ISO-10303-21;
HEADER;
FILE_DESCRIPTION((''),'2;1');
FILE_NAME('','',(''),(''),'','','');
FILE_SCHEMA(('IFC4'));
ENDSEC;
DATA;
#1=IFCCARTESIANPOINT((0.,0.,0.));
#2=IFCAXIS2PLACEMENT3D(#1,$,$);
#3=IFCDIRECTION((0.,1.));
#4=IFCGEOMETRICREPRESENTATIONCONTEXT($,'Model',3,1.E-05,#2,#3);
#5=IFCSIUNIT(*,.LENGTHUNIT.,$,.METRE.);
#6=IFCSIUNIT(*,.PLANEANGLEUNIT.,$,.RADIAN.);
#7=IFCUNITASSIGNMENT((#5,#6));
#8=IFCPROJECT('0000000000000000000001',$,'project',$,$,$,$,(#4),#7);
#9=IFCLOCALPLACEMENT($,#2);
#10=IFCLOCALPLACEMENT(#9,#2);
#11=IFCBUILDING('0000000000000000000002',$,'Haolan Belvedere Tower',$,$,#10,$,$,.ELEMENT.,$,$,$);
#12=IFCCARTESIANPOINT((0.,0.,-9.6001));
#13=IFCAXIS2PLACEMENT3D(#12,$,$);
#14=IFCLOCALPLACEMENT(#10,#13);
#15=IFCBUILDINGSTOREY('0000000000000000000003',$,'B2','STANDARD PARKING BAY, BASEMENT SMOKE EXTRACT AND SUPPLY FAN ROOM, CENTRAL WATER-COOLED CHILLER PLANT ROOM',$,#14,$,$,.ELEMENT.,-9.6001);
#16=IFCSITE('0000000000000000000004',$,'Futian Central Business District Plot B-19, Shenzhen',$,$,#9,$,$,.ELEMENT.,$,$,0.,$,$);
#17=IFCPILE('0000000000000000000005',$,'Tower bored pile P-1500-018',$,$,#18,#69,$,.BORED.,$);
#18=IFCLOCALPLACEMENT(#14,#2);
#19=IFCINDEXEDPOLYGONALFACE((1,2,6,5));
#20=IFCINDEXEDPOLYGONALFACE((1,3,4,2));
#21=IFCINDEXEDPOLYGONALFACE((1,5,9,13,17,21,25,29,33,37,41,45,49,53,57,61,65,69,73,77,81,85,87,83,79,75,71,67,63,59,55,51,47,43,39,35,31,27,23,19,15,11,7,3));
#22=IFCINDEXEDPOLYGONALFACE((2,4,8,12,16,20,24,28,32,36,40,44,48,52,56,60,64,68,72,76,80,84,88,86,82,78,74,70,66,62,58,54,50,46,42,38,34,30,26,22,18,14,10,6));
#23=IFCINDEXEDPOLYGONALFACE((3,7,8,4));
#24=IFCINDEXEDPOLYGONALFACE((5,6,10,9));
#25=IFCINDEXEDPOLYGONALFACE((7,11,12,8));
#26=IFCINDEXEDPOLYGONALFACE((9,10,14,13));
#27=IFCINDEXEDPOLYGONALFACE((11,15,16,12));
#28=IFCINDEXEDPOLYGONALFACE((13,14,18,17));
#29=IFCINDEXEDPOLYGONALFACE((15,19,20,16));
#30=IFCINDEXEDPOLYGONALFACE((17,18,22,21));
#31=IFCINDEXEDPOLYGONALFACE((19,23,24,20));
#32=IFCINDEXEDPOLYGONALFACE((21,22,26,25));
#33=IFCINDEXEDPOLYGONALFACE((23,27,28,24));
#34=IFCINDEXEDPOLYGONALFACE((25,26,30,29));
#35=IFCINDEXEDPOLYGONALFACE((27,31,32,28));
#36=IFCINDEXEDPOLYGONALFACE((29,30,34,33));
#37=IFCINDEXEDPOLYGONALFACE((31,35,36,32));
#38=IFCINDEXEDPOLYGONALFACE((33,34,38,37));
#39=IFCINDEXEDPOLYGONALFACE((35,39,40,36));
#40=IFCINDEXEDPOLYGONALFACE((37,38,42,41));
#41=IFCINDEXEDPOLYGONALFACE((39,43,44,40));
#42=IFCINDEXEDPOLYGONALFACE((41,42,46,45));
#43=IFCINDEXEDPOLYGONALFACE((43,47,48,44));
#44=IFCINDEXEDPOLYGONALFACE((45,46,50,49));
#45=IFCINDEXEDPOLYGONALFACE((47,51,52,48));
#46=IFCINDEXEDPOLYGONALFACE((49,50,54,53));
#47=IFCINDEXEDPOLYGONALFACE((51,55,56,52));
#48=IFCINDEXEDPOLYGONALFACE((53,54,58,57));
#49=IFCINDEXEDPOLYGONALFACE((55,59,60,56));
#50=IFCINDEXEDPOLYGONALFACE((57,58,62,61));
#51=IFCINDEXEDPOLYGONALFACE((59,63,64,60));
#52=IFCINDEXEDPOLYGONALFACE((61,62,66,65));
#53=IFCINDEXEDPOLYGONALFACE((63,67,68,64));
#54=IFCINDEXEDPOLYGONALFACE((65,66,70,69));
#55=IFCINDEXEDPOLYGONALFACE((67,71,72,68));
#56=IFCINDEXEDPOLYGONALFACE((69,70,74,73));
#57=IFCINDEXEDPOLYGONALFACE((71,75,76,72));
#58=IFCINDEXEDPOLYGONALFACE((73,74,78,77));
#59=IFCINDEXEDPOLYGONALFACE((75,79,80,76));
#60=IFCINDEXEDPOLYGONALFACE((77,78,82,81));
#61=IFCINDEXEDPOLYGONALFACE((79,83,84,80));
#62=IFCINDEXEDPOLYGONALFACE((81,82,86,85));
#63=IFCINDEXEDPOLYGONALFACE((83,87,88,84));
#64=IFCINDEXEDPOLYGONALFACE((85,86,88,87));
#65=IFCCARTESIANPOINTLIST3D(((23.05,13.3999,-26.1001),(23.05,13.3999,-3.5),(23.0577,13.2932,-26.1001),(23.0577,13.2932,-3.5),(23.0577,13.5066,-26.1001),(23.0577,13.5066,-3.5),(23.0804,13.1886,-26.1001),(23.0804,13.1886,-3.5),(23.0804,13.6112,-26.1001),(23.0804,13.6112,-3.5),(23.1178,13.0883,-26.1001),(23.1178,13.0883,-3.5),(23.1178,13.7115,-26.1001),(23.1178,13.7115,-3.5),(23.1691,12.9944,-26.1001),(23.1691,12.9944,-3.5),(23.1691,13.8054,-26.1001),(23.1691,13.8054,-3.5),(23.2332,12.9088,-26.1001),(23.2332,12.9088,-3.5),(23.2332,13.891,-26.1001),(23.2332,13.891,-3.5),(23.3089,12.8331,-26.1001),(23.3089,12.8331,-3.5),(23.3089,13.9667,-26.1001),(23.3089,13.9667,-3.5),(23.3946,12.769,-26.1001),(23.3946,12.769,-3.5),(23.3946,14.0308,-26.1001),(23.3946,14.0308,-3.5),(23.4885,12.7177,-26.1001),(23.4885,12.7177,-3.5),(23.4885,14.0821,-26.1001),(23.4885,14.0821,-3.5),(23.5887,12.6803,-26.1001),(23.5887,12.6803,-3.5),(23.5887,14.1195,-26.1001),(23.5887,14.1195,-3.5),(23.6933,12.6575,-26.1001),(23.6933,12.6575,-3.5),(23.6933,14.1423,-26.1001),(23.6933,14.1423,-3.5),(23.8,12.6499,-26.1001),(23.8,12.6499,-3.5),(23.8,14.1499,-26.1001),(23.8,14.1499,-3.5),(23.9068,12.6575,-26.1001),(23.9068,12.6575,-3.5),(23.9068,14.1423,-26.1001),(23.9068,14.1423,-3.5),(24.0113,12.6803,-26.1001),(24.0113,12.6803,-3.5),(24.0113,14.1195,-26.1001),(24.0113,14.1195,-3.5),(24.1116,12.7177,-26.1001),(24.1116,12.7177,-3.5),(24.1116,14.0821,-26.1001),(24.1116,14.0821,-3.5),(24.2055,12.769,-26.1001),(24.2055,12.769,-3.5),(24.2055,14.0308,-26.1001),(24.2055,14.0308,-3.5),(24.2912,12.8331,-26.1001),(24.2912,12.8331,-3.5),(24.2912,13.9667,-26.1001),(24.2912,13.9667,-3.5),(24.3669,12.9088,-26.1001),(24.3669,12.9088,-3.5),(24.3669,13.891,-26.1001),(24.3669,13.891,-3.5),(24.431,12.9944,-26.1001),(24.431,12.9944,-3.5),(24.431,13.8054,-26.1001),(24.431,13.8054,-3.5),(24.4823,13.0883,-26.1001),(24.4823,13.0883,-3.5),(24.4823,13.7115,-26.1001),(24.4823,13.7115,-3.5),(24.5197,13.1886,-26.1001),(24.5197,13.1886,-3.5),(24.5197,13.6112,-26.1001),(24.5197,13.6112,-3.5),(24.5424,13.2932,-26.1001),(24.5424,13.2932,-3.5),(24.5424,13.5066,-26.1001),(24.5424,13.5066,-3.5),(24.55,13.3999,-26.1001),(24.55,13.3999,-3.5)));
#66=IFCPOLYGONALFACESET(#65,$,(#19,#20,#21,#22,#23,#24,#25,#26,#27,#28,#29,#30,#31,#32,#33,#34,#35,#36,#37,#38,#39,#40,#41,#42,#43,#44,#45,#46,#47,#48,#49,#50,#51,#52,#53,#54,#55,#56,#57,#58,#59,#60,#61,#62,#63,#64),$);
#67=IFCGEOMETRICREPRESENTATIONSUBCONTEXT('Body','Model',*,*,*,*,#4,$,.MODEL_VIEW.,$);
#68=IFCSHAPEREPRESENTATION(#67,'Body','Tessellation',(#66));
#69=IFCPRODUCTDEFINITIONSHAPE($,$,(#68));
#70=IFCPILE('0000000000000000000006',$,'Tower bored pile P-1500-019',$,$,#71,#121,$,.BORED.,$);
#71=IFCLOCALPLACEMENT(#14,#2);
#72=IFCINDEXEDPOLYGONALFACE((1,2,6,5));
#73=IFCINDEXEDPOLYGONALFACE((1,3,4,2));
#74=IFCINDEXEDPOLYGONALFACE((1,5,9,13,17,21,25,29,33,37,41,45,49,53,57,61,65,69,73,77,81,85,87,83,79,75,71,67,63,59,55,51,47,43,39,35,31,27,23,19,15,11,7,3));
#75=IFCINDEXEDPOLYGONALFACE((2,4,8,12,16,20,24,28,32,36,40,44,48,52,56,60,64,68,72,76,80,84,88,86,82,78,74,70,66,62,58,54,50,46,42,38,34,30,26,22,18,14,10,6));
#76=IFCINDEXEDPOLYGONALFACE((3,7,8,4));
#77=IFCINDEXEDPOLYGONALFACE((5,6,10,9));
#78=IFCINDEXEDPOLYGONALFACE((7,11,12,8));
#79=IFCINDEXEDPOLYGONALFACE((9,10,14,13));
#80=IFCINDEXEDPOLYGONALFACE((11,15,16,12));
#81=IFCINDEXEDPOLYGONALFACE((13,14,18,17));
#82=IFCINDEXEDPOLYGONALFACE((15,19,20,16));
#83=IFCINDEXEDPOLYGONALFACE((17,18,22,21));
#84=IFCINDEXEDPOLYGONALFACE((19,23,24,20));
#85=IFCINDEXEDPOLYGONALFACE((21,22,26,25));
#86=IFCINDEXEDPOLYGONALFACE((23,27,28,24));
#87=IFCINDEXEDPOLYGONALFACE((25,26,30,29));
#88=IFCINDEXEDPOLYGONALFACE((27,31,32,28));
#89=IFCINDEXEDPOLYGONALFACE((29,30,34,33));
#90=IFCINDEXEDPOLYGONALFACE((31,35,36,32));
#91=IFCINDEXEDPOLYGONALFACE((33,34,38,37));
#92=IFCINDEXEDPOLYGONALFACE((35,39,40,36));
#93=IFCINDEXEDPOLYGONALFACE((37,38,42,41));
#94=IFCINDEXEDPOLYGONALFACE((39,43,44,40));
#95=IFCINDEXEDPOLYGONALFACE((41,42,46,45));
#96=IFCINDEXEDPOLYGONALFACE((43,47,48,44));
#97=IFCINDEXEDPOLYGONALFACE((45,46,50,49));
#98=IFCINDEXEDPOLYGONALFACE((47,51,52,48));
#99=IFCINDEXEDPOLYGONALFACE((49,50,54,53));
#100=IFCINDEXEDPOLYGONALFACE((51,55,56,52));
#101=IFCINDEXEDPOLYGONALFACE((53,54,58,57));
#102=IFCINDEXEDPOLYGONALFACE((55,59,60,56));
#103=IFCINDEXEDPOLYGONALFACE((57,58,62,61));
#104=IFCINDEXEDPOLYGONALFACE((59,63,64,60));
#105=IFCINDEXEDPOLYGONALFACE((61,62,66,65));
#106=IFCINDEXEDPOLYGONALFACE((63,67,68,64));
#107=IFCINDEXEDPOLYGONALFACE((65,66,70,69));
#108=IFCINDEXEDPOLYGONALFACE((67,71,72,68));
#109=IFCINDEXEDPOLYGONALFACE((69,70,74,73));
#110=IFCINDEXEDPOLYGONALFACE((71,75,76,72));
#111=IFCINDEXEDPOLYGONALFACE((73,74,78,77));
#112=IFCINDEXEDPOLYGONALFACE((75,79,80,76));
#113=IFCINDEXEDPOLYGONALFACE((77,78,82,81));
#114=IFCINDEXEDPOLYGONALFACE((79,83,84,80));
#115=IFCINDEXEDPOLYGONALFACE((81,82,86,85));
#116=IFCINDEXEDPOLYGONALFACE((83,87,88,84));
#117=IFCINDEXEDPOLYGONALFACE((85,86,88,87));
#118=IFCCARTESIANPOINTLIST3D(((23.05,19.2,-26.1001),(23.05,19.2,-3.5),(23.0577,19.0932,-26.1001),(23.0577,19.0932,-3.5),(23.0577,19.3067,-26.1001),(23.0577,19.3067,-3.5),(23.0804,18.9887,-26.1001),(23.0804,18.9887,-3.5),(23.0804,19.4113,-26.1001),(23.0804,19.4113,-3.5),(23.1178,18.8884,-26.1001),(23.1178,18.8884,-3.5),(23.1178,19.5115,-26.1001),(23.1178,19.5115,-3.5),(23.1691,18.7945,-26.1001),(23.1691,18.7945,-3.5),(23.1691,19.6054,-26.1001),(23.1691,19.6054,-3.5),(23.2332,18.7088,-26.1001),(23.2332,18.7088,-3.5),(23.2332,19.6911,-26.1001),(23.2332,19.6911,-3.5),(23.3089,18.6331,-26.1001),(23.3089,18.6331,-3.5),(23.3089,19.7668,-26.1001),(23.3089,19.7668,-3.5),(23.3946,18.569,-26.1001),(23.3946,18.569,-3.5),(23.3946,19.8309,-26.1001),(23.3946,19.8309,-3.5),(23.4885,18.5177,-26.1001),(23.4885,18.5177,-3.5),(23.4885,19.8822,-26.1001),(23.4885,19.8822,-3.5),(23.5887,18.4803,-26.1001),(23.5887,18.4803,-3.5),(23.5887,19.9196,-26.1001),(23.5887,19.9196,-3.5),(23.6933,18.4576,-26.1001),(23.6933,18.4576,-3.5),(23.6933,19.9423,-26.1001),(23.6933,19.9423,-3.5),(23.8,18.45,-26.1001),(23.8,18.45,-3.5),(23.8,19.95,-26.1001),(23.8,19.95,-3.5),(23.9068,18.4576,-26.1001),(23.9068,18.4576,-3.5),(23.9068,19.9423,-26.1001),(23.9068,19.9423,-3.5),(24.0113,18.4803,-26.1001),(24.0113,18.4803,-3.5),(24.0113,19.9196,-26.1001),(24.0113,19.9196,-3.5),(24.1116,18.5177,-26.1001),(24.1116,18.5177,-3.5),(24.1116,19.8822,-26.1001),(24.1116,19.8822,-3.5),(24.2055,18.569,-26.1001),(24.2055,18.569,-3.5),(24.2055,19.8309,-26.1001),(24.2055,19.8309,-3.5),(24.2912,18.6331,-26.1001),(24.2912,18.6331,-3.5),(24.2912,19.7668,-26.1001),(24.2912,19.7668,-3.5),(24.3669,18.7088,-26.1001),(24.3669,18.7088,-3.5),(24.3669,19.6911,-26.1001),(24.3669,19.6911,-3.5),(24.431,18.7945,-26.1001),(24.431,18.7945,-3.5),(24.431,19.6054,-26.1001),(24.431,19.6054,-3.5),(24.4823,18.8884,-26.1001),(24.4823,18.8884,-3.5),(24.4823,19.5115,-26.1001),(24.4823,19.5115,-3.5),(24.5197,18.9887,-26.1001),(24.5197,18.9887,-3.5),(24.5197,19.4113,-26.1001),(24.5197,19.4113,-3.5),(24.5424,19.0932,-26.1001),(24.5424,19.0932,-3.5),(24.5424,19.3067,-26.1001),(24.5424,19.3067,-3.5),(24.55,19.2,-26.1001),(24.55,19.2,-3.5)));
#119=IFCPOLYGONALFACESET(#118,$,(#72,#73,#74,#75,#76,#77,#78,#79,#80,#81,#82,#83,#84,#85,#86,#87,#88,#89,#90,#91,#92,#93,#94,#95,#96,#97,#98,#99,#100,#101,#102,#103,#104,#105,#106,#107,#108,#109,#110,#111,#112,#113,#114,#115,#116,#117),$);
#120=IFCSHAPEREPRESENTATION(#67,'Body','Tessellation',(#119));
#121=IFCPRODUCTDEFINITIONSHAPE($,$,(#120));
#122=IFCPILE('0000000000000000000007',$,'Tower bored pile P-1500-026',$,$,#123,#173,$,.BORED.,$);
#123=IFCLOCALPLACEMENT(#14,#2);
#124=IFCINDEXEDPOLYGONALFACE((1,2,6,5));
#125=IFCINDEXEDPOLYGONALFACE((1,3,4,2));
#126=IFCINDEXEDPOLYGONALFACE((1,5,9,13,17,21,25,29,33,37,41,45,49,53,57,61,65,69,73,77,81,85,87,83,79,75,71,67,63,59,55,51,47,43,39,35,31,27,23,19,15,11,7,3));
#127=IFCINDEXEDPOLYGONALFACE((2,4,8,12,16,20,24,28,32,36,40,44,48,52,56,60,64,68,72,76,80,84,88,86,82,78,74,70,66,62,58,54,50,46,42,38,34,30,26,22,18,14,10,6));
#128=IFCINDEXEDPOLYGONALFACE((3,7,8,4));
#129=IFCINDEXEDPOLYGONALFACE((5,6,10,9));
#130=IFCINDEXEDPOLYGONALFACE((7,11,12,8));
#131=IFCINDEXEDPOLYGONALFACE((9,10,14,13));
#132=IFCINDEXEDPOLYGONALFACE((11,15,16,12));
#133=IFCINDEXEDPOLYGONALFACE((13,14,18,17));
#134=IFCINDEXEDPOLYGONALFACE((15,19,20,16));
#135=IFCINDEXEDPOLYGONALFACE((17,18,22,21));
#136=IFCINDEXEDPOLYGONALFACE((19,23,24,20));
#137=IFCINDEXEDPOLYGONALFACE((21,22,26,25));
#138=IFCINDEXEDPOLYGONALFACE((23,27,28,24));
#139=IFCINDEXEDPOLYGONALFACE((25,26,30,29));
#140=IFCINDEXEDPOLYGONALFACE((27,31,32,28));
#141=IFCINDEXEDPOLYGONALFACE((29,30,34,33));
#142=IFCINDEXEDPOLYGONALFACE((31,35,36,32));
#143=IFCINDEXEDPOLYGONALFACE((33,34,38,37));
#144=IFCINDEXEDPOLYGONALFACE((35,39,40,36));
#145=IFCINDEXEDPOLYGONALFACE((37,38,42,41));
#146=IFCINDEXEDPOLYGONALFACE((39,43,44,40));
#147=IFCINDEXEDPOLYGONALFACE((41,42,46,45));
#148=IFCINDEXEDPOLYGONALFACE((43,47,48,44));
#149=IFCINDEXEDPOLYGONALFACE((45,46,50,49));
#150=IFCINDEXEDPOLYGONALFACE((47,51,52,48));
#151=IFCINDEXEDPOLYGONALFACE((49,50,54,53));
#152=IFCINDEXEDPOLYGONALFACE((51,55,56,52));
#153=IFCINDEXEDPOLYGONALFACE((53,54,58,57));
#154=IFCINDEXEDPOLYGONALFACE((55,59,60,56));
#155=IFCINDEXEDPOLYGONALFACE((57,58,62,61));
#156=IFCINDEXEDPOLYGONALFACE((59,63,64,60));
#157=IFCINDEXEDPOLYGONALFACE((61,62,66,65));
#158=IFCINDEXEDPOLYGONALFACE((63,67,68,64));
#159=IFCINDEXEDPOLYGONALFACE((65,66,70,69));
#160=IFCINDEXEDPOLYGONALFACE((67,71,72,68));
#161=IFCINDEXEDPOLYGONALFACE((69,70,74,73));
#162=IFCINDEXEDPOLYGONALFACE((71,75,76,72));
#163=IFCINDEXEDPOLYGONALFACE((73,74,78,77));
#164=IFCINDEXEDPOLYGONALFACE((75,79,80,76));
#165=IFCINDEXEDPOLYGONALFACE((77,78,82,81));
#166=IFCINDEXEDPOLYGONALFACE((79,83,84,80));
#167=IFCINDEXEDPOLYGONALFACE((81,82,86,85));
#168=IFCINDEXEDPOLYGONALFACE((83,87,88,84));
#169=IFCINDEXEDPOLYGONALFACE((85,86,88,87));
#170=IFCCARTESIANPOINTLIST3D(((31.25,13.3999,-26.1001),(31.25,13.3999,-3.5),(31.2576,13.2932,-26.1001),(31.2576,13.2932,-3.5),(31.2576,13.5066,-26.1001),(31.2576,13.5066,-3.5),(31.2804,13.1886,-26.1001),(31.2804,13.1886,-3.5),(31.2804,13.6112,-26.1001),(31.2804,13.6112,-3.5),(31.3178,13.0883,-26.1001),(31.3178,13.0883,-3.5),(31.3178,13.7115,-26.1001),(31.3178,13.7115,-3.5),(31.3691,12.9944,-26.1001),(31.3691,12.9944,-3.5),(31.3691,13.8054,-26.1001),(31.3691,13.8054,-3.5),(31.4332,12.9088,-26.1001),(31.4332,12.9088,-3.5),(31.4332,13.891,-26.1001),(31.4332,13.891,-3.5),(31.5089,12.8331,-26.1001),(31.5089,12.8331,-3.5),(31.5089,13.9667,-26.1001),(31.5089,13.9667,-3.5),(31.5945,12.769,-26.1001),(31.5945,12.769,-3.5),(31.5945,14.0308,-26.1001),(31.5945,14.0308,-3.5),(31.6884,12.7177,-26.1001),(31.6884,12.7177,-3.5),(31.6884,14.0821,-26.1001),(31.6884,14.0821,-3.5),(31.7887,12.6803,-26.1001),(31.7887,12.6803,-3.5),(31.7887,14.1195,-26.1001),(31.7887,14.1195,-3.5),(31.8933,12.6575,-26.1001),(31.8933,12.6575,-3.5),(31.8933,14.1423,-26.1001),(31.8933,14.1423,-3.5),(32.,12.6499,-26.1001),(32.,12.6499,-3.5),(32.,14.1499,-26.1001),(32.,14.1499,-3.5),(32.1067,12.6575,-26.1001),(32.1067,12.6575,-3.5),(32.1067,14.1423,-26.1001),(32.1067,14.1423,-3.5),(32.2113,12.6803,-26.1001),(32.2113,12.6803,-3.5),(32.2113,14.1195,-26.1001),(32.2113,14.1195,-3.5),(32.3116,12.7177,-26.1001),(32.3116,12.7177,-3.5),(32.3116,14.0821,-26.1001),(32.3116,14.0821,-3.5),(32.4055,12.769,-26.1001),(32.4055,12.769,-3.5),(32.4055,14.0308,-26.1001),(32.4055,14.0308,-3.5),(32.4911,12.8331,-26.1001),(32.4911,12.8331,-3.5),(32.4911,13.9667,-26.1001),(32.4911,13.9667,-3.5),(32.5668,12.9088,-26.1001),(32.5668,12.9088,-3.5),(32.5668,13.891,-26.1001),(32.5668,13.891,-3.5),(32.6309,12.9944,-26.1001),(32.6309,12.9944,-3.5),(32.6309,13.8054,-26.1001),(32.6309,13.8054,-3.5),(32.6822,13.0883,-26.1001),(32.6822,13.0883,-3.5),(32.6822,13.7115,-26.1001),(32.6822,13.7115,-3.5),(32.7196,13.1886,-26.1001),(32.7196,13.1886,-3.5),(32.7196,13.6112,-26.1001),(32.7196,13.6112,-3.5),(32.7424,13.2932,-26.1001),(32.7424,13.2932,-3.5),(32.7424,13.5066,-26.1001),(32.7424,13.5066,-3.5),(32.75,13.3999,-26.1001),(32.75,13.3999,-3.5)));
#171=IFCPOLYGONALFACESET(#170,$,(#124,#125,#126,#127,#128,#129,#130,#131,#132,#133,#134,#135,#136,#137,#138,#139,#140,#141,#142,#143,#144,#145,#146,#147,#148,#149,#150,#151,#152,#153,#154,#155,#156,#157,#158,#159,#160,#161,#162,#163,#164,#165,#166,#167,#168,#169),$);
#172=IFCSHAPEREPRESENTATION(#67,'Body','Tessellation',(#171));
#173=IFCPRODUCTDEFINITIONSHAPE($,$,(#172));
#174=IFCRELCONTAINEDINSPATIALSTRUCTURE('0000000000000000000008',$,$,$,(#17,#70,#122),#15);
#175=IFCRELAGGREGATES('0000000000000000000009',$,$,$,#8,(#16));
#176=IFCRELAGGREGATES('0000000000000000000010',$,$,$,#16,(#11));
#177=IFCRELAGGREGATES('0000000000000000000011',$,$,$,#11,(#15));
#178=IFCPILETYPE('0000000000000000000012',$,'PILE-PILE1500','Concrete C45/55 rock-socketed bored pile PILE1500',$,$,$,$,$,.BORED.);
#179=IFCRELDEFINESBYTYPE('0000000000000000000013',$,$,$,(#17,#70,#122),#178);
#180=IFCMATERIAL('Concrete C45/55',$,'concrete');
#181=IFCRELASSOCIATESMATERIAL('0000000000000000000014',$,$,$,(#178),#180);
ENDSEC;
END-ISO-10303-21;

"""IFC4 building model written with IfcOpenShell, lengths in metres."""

from ifc_helpers import new_model, si_unit, direction, frame, origin, origin_2d, place, context, subcontext, project, spatial, circle, extrude, material, material_profile, profile_set, type_object, element, save


model = new_model("IFC4")

# Units and contexts
model_context = context("Model", 3, precision=1e-05, world=origin(), true_north=direction((0.0, 1.0)))
body_context = subcontext(model_context, "Body", "Model", "MODEL_VIEW")
ifc_project = project(units=[si_unit("LENGTHUNIT", "METRE"), si_unit("PLANEANGLEUNIT", "RADIAN")], contexts=[model_context])

# Site, building, storey
site_placement = place(None, origin())
site = spatial("IfcSite", under=ifc_project, at=site_placement, Name="Futian Central Business District Plot B-19, Shenzhen", CompositionType="ELEMENT", RefElevation=0.0)
building_placement = place(site_placement, origin())
building = spatial("IfcBuilding", under=site, at=building_placement, Name="Haolan Belvedere Tower", CompositionType="ELEMENT")
storey_placement = place(building_placement, frame((0.0, 0.0, -9.6001)))
storey = spatial("IfcBuildingStorey", under=building, at=storey_placement, Name="B2", Description="STANDARD PARKING BAY, BASEMENT SMOKE EXTRACT AND SUPPLY FAN ROOM, CENTRAL WATER-COOLED CHILLER PLANT ROOM", CompositionType="ELEMENT", Elevation=-9.6001)

# Piles
ifc_material_1 = material(Name="Concrete C45/55", Category="concrete")
ifc_material_profile_1 = material_profile(ifc_material_1, circle(Radius=0.75, at=origin_2d()), Name="Concrete C45/55")
ifc_profile_set_1 = profile_set([ifc_material_profile_1], Name="Concrete C45/55")
pile_type_1 = type_object("IfcPileType", Name="PILE-PILE1500", Description="Concrete C45/55 rock-socketed bored pile PILE1500", PredefinedType="BORED", material=ifc_profile_set_1)
for number, where, z_axis, x_axis, name in (
    (1, (23.8, 13.3999, -3.5), (0.0, 0.0, -1.0), (1.0, 0.0, 0.0), "Tower bored pile P-1500-018"),
    (2, (23.8, 19.2, -3.5), (0.0, 0.0, -1.0), (1.0, 0.0, 0.0), "Tower bored pile P-1500-019"),
    (3, (32.0, 13.3999, -3.5), (0.0, 0.0, -1.0), (1.0, 0.0, 0.0), "Tower bored pile P-1500-026"),
):
    element("IfcPile", number, at=place(storey_placement, frame(where, z_axis=z_axis, x_axis=x_axis)), inside=storey, type_object=pile_type_1, Name=name, PredefinedType="BORED", context=body_context, shape_type="SweptSolid", body=[
        extrude(circle(Radius=0.75, at=origin_2d()), origin(), (0.0, 0.0, 1.0), 22.6001),
    ])

save(model, "model.ifc")
